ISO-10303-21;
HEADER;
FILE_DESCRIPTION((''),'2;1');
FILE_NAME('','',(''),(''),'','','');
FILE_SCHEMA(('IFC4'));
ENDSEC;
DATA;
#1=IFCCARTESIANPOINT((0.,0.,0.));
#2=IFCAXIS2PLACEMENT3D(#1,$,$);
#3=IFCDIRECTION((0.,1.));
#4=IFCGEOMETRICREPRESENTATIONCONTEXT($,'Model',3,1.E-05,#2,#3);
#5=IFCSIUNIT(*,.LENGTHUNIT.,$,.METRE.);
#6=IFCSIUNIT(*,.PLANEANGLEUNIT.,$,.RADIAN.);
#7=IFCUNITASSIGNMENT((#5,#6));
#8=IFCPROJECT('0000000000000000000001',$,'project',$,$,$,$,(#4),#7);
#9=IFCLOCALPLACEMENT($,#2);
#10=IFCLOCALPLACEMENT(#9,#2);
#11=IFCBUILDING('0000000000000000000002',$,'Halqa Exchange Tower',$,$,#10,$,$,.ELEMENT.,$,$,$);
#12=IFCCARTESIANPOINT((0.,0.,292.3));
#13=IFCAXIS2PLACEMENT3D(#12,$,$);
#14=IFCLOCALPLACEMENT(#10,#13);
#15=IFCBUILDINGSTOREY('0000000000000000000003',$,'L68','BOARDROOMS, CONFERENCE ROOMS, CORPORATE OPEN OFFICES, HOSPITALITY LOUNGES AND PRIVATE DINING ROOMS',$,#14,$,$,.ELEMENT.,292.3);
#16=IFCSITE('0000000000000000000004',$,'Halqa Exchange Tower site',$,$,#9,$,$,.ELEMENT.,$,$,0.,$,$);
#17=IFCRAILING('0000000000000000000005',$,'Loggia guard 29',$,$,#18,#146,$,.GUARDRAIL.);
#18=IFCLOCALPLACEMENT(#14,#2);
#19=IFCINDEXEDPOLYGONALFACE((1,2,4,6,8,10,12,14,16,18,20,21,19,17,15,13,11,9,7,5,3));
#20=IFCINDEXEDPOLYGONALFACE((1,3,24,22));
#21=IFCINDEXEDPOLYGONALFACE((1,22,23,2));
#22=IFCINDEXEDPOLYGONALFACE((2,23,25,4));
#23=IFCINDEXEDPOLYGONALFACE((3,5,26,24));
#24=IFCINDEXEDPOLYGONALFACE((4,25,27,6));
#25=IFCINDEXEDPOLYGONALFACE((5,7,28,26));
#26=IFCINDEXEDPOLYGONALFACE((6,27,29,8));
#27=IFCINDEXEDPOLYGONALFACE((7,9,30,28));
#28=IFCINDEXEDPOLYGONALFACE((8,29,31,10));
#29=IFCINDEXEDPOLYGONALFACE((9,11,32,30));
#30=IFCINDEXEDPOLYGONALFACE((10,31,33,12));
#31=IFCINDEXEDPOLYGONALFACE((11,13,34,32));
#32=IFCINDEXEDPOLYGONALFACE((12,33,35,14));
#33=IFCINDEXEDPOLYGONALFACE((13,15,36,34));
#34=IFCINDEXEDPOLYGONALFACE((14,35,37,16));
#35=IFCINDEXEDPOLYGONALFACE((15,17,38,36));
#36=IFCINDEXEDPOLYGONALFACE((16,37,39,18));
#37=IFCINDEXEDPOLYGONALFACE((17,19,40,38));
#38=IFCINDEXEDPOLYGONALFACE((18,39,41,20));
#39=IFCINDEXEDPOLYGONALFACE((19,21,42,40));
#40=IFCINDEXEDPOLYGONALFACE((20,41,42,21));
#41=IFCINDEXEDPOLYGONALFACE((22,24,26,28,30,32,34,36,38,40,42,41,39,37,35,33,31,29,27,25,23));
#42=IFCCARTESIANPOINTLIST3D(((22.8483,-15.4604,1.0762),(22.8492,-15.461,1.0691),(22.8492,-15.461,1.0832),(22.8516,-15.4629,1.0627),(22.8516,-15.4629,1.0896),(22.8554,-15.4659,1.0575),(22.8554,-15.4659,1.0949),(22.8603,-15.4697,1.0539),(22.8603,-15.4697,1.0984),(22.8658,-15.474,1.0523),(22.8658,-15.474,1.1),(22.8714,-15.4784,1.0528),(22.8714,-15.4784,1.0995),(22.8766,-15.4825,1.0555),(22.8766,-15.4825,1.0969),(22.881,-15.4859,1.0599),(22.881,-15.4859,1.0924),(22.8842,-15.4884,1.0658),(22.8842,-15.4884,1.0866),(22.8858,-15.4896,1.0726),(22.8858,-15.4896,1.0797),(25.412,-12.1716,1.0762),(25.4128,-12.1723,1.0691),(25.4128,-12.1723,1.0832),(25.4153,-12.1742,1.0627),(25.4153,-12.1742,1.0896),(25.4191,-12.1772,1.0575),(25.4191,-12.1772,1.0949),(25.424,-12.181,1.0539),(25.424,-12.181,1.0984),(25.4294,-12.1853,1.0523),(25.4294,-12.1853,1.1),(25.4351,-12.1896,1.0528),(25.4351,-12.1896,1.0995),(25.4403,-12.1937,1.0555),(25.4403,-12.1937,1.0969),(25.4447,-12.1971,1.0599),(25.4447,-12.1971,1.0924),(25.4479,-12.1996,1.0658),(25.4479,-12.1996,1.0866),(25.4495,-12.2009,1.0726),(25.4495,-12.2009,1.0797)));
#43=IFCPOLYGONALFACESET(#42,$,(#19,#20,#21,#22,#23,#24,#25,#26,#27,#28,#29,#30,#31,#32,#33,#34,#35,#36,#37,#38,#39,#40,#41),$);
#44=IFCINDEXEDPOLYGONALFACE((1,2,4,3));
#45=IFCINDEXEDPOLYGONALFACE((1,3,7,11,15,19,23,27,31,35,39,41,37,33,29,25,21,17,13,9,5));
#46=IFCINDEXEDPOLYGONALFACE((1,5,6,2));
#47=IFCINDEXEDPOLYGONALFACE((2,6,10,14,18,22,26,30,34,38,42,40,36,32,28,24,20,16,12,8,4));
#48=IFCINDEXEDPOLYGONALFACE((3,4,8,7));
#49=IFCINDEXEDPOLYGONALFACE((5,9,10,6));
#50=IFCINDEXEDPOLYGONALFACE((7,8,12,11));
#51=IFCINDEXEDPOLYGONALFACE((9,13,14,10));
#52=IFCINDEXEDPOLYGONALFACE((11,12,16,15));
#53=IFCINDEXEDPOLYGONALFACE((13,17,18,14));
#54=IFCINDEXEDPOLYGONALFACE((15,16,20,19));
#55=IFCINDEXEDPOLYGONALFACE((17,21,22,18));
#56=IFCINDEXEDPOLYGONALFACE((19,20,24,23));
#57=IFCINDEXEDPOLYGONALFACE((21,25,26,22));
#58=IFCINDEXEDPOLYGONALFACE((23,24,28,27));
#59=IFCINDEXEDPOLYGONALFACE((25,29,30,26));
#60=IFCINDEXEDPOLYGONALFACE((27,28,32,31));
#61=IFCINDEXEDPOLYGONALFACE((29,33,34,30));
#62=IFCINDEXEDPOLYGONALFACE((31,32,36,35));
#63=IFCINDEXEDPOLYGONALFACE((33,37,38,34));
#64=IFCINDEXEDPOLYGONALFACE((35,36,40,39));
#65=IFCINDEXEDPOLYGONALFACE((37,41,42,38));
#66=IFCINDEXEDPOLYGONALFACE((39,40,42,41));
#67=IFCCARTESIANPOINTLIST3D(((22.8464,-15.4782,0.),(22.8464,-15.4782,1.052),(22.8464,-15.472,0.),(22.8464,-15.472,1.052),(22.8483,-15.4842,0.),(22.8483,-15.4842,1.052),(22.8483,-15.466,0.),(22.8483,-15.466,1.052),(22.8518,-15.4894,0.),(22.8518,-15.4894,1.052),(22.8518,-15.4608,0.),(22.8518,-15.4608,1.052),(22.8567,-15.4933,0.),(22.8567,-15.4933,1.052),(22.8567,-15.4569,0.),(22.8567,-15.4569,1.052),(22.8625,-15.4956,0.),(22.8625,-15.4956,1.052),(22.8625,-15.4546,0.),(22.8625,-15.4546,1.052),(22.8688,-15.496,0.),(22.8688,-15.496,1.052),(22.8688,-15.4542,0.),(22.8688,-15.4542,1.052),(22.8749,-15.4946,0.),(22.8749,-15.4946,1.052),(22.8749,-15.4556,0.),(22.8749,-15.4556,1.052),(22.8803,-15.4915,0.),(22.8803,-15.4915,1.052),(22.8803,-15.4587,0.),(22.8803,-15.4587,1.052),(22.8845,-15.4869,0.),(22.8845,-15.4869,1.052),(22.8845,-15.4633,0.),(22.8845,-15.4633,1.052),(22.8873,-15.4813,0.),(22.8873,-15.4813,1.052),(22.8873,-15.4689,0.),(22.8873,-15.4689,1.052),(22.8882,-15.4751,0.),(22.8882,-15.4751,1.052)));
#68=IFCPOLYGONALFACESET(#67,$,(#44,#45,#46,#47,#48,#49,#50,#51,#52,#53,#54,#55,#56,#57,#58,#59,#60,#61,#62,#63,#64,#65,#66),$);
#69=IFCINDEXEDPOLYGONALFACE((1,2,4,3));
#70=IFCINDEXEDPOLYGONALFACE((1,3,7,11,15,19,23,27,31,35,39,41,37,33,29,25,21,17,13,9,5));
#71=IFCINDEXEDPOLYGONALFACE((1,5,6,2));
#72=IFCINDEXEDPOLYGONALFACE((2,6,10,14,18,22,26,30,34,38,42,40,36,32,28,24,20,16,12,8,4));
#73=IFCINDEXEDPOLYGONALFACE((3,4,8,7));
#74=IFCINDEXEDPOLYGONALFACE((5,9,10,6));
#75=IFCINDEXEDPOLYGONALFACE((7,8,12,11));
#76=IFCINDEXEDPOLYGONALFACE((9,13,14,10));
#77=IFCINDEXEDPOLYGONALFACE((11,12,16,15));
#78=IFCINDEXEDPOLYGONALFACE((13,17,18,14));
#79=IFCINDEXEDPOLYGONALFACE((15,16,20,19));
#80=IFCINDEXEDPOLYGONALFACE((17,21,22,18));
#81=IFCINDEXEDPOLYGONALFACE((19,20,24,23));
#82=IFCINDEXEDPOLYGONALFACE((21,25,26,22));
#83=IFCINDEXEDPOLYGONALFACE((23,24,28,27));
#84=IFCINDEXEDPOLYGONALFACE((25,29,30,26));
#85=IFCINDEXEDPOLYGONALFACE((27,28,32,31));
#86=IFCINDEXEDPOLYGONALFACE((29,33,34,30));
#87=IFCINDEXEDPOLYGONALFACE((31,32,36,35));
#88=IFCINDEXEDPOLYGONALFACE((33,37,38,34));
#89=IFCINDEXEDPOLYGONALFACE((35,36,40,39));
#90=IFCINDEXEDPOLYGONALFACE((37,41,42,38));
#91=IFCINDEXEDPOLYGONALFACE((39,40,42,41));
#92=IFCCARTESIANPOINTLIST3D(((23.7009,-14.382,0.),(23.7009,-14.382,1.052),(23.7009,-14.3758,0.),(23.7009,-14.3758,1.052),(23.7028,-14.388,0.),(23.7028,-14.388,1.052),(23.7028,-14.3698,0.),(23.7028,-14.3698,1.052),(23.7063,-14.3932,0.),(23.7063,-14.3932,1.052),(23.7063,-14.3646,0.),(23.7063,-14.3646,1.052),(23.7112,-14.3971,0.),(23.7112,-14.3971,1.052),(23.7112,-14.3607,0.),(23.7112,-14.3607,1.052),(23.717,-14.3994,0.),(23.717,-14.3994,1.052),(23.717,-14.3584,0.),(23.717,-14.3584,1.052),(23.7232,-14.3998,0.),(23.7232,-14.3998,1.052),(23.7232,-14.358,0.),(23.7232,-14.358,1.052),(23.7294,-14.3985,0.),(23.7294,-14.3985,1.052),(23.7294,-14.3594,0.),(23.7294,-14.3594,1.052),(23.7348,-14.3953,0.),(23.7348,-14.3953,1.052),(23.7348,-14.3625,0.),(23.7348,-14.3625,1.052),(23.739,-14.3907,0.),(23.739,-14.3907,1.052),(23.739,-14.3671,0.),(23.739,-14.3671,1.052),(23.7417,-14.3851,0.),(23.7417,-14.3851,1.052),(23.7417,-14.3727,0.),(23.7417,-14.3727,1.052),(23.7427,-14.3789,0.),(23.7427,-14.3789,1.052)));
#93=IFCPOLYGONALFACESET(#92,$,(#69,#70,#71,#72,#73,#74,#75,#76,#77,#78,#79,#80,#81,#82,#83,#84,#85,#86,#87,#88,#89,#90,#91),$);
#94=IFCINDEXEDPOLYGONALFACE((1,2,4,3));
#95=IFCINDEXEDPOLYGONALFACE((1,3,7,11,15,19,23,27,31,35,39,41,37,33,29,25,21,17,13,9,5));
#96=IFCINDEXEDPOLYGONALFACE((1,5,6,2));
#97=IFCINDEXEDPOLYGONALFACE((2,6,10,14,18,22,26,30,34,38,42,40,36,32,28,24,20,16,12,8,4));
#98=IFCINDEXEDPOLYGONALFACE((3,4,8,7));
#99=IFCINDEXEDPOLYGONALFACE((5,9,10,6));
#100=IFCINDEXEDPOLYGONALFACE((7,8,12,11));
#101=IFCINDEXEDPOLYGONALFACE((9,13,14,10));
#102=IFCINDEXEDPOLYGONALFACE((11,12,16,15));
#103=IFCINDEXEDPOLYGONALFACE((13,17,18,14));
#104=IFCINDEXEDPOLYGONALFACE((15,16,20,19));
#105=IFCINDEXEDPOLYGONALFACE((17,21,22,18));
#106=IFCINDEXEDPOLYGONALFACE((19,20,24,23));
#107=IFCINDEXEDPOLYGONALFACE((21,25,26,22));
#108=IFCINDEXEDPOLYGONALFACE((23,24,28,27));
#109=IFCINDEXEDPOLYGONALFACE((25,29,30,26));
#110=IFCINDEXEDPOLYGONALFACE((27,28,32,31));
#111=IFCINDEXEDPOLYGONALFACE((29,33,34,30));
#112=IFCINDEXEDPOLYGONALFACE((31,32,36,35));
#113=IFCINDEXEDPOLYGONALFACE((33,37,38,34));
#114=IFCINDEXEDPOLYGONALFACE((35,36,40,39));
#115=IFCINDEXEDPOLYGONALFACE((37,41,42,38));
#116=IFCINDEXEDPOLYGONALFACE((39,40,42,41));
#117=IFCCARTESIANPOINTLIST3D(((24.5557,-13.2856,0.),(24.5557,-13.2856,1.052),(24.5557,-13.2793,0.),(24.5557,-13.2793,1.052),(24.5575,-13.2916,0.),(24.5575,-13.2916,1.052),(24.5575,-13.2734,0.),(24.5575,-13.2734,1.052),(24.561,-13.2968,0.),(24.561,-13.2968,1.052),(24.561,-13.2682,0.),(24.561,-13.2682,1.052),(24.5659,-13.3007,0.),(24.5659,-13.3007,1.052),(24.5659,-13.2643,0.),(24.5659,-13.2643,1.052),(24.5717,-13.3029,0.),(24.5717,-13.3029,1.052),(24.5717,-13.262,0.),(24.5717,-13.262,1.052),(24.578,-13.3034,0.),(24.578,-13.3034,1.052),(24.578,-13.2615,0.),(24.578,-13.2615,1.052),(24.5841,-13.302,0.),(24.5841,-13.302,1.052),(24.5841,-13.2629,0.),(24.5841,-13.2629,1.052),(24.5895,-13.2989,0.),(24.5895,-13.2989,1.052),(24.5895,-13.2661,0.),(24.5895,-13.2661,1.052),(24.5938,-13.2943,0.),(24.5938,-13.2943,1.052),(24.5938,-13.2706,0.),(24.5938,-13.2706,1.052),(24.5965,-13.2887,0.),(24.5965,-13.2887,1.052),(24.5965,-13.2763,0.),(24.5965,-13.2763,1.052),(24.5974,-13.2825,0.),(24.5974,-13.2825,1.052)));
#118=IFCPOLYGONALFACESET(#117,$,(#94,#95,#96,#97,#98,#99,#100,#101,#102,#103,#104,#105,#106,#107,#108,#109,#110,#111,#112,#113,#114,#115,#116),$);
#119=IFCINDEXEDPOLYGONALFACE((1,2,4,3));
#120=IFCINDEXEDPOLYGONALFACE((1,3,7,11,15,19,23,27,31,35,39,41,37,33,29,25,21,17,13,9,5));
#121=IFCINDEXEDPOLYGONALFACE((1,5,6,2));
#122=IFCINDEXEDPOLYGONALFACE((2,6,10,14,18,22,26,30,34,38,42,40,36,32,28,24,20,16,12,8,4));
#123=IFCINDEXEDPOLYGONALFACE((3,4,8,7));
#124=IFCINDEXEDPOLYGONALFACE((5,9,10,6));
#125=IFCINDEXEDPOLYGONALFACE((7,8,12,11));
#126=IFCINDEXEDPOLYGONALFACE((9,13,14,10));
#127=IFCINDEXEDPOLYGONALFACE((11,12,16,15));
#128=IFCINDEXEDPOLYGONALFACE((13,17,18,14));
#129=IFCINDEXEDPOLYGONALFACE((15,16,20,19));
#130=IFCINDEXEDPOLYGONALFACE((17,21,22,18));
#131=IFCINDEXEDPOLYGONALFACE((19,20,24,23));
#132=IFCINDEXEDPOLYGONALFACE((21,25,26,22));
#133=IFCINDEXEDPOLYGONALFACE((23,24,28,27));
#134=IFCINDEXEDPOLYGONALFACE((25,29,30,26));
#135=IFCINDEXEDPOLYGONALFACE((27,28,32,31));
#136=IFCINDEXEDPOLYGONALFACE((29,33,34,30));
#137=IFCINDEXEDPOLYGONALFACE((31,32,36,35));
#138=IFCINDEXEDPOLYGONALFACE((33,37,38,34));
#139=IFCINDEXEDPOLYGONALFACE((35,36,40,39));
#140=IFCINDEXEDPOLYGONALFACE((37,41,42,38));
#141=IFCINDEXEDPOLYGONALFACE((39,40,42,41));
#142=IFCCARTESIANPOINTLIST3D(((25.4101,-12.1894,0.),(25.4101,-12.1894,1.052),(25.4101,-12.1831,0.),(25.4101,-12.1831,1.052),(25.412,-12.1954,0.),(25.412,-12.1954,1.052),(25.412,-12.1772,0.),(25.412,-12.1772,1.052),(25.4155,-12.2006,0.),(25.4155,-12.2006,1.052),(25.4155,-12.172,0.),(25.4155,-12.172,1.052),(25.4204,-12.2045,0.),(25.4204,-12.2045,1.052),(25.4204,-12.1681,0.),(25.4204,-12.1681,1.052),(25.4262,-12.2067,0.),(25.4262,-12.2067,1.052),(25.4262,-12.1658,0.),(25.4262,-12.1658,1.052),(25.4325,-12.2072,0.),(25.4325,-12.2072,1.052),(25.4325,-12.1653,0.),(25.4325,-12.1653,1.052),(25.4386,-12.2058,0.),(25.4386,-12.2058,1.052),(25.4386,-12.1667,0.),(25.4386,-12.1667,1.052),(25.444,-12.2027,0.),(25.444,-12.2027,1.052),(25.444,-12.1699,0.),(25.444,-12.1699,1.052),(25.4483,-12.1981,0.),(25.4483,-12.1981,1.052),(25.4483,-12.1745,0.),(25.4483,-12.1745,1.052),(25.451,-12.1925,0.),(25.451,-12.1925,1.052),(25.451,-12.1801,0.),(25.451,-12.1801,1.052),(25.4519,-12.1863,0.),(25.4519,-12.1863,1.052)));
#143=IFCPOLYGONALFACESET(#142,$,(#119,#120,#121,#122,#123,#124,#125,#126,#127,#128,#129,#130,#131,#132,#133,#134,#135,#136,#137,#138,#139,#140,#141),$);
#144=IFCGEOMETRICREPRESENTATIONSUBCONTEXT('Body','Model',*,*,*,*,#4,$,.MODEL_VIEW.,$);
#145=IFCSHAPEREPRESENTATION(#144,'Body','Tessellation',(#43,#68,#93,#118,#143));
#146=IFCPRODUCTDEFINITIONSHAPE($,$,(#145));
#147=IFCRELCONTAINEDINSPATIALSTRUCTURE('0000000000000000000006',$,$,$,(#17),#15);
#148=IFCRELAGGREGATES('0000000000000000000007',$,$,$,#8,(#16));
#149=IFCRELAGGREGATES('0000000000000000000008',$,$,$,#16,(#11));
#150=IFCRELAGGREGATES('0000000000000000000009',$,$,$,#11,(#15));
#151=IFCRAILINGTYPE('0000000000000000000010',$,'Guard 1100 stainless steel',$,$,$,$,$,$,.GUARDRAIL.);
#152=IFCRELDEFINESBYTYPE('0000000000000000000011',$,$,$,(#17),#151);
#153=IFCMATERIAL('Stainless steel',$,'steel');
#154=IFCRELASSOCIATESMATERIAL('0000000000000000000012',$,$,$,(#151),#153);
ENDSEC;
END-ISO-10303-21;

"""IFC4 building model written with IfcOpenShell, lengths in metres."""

from ifc_helpers import new_model, si_unit, direction, frame, origin, origin_2d, place, context, subcontext, project, spatial, circle, extrude, material, type_object, element, save


model = new_model("IFC4")

# Units and contexts
model_context = context("Model", 3, precision=1e-05, world=origin(), true_north=direction((0.0, 1.0)))
body_context = subcontext(model_context, "Body", "Model", "MODEL_VIEW")
ifc_project = project(units=[si_unit("LENGTHUNIT", "METRE"), si_unit("PLANEANGLEUNIT", "RADIAN")], contexts=[model_context])

# Site, building, storey
site_placement = place(None, origin())
site = spatial("IfcSite", under=ifc_project, at=site_placement, Name="Halqa Exchange Tower site", CompositionType="ELEMENT", RefElevation=0.0)
building_placement = place(site_placement, origin())
building = spatial("IfcBuilding", under=site, at=building_placement, Name="Halqa Exchange Tower", CompositionType="ELEMENT")
storey_placement = place(building_placement, frame((0.0, 0.0, 292.3)))
storey = spatial("IfcBuildingStorey", under=building, at=storey_placement, Name="L68", Description="BOARDROOMS, CONFERENCE ROOMS, CORPORATE OPEN OFFICES, HOSPITALITY LOUNGES AND PRIVATE DINING ROOMS", CompositionType="ELEMENT", Elevation=292.3)

# Railing
ifc_material_1 = material(Name="Stainless steel", Category="steel")
railing_type = type_object("IfcRailingType", Name="Guard 1100 stainless steel", PredefinedType="GUARDRAIL", material=ifc_material_1)
railing_1_placement = place(storey_placement, frame((22.8672, -15.4751, 0.0)))
element("IfcRailing", 1, at=railing_1_placement, inside=storey, type_object=railing_type, Name="Loggia guard 29", PredefinedType="GUARDRAIL", context=body_context, shape_type="SweptSolid", body=[
    extrude(circle(Radius=0.0239, at=origin_2d()), frame((0.0, 0.0, 1.0762), z_axis=(0.6148, 0.788683, 0.0), x_axis=(-0.788683, 0.6148, 0.0)), (0.0, 0.0, 1.0), 4.1699),
    extrude(circle(Radius=0.021, at=origin_2d()), origin(), (0.0, 0.0, 1.0), 1.052),
    extrude(circle(Radius=0.021, at=origin_2d()), frame((0.8545, 1.0962, 0.0)), (0.0, 0.0, 1.0), 1.052),
    extrude(circle(Radius=0.021, at=origin_2d()), frame((1.7092, 2.1926, 0.0)), (0.0, 0.0, 1.0), 1.052),
    extrude(circle(Radius=0.021, at=origin_2d()), frame((2.5637, 3.2888, 0.0)), (0.0, 0.0, 1.0), 1.052),
])

save(model, "model.ifc")
